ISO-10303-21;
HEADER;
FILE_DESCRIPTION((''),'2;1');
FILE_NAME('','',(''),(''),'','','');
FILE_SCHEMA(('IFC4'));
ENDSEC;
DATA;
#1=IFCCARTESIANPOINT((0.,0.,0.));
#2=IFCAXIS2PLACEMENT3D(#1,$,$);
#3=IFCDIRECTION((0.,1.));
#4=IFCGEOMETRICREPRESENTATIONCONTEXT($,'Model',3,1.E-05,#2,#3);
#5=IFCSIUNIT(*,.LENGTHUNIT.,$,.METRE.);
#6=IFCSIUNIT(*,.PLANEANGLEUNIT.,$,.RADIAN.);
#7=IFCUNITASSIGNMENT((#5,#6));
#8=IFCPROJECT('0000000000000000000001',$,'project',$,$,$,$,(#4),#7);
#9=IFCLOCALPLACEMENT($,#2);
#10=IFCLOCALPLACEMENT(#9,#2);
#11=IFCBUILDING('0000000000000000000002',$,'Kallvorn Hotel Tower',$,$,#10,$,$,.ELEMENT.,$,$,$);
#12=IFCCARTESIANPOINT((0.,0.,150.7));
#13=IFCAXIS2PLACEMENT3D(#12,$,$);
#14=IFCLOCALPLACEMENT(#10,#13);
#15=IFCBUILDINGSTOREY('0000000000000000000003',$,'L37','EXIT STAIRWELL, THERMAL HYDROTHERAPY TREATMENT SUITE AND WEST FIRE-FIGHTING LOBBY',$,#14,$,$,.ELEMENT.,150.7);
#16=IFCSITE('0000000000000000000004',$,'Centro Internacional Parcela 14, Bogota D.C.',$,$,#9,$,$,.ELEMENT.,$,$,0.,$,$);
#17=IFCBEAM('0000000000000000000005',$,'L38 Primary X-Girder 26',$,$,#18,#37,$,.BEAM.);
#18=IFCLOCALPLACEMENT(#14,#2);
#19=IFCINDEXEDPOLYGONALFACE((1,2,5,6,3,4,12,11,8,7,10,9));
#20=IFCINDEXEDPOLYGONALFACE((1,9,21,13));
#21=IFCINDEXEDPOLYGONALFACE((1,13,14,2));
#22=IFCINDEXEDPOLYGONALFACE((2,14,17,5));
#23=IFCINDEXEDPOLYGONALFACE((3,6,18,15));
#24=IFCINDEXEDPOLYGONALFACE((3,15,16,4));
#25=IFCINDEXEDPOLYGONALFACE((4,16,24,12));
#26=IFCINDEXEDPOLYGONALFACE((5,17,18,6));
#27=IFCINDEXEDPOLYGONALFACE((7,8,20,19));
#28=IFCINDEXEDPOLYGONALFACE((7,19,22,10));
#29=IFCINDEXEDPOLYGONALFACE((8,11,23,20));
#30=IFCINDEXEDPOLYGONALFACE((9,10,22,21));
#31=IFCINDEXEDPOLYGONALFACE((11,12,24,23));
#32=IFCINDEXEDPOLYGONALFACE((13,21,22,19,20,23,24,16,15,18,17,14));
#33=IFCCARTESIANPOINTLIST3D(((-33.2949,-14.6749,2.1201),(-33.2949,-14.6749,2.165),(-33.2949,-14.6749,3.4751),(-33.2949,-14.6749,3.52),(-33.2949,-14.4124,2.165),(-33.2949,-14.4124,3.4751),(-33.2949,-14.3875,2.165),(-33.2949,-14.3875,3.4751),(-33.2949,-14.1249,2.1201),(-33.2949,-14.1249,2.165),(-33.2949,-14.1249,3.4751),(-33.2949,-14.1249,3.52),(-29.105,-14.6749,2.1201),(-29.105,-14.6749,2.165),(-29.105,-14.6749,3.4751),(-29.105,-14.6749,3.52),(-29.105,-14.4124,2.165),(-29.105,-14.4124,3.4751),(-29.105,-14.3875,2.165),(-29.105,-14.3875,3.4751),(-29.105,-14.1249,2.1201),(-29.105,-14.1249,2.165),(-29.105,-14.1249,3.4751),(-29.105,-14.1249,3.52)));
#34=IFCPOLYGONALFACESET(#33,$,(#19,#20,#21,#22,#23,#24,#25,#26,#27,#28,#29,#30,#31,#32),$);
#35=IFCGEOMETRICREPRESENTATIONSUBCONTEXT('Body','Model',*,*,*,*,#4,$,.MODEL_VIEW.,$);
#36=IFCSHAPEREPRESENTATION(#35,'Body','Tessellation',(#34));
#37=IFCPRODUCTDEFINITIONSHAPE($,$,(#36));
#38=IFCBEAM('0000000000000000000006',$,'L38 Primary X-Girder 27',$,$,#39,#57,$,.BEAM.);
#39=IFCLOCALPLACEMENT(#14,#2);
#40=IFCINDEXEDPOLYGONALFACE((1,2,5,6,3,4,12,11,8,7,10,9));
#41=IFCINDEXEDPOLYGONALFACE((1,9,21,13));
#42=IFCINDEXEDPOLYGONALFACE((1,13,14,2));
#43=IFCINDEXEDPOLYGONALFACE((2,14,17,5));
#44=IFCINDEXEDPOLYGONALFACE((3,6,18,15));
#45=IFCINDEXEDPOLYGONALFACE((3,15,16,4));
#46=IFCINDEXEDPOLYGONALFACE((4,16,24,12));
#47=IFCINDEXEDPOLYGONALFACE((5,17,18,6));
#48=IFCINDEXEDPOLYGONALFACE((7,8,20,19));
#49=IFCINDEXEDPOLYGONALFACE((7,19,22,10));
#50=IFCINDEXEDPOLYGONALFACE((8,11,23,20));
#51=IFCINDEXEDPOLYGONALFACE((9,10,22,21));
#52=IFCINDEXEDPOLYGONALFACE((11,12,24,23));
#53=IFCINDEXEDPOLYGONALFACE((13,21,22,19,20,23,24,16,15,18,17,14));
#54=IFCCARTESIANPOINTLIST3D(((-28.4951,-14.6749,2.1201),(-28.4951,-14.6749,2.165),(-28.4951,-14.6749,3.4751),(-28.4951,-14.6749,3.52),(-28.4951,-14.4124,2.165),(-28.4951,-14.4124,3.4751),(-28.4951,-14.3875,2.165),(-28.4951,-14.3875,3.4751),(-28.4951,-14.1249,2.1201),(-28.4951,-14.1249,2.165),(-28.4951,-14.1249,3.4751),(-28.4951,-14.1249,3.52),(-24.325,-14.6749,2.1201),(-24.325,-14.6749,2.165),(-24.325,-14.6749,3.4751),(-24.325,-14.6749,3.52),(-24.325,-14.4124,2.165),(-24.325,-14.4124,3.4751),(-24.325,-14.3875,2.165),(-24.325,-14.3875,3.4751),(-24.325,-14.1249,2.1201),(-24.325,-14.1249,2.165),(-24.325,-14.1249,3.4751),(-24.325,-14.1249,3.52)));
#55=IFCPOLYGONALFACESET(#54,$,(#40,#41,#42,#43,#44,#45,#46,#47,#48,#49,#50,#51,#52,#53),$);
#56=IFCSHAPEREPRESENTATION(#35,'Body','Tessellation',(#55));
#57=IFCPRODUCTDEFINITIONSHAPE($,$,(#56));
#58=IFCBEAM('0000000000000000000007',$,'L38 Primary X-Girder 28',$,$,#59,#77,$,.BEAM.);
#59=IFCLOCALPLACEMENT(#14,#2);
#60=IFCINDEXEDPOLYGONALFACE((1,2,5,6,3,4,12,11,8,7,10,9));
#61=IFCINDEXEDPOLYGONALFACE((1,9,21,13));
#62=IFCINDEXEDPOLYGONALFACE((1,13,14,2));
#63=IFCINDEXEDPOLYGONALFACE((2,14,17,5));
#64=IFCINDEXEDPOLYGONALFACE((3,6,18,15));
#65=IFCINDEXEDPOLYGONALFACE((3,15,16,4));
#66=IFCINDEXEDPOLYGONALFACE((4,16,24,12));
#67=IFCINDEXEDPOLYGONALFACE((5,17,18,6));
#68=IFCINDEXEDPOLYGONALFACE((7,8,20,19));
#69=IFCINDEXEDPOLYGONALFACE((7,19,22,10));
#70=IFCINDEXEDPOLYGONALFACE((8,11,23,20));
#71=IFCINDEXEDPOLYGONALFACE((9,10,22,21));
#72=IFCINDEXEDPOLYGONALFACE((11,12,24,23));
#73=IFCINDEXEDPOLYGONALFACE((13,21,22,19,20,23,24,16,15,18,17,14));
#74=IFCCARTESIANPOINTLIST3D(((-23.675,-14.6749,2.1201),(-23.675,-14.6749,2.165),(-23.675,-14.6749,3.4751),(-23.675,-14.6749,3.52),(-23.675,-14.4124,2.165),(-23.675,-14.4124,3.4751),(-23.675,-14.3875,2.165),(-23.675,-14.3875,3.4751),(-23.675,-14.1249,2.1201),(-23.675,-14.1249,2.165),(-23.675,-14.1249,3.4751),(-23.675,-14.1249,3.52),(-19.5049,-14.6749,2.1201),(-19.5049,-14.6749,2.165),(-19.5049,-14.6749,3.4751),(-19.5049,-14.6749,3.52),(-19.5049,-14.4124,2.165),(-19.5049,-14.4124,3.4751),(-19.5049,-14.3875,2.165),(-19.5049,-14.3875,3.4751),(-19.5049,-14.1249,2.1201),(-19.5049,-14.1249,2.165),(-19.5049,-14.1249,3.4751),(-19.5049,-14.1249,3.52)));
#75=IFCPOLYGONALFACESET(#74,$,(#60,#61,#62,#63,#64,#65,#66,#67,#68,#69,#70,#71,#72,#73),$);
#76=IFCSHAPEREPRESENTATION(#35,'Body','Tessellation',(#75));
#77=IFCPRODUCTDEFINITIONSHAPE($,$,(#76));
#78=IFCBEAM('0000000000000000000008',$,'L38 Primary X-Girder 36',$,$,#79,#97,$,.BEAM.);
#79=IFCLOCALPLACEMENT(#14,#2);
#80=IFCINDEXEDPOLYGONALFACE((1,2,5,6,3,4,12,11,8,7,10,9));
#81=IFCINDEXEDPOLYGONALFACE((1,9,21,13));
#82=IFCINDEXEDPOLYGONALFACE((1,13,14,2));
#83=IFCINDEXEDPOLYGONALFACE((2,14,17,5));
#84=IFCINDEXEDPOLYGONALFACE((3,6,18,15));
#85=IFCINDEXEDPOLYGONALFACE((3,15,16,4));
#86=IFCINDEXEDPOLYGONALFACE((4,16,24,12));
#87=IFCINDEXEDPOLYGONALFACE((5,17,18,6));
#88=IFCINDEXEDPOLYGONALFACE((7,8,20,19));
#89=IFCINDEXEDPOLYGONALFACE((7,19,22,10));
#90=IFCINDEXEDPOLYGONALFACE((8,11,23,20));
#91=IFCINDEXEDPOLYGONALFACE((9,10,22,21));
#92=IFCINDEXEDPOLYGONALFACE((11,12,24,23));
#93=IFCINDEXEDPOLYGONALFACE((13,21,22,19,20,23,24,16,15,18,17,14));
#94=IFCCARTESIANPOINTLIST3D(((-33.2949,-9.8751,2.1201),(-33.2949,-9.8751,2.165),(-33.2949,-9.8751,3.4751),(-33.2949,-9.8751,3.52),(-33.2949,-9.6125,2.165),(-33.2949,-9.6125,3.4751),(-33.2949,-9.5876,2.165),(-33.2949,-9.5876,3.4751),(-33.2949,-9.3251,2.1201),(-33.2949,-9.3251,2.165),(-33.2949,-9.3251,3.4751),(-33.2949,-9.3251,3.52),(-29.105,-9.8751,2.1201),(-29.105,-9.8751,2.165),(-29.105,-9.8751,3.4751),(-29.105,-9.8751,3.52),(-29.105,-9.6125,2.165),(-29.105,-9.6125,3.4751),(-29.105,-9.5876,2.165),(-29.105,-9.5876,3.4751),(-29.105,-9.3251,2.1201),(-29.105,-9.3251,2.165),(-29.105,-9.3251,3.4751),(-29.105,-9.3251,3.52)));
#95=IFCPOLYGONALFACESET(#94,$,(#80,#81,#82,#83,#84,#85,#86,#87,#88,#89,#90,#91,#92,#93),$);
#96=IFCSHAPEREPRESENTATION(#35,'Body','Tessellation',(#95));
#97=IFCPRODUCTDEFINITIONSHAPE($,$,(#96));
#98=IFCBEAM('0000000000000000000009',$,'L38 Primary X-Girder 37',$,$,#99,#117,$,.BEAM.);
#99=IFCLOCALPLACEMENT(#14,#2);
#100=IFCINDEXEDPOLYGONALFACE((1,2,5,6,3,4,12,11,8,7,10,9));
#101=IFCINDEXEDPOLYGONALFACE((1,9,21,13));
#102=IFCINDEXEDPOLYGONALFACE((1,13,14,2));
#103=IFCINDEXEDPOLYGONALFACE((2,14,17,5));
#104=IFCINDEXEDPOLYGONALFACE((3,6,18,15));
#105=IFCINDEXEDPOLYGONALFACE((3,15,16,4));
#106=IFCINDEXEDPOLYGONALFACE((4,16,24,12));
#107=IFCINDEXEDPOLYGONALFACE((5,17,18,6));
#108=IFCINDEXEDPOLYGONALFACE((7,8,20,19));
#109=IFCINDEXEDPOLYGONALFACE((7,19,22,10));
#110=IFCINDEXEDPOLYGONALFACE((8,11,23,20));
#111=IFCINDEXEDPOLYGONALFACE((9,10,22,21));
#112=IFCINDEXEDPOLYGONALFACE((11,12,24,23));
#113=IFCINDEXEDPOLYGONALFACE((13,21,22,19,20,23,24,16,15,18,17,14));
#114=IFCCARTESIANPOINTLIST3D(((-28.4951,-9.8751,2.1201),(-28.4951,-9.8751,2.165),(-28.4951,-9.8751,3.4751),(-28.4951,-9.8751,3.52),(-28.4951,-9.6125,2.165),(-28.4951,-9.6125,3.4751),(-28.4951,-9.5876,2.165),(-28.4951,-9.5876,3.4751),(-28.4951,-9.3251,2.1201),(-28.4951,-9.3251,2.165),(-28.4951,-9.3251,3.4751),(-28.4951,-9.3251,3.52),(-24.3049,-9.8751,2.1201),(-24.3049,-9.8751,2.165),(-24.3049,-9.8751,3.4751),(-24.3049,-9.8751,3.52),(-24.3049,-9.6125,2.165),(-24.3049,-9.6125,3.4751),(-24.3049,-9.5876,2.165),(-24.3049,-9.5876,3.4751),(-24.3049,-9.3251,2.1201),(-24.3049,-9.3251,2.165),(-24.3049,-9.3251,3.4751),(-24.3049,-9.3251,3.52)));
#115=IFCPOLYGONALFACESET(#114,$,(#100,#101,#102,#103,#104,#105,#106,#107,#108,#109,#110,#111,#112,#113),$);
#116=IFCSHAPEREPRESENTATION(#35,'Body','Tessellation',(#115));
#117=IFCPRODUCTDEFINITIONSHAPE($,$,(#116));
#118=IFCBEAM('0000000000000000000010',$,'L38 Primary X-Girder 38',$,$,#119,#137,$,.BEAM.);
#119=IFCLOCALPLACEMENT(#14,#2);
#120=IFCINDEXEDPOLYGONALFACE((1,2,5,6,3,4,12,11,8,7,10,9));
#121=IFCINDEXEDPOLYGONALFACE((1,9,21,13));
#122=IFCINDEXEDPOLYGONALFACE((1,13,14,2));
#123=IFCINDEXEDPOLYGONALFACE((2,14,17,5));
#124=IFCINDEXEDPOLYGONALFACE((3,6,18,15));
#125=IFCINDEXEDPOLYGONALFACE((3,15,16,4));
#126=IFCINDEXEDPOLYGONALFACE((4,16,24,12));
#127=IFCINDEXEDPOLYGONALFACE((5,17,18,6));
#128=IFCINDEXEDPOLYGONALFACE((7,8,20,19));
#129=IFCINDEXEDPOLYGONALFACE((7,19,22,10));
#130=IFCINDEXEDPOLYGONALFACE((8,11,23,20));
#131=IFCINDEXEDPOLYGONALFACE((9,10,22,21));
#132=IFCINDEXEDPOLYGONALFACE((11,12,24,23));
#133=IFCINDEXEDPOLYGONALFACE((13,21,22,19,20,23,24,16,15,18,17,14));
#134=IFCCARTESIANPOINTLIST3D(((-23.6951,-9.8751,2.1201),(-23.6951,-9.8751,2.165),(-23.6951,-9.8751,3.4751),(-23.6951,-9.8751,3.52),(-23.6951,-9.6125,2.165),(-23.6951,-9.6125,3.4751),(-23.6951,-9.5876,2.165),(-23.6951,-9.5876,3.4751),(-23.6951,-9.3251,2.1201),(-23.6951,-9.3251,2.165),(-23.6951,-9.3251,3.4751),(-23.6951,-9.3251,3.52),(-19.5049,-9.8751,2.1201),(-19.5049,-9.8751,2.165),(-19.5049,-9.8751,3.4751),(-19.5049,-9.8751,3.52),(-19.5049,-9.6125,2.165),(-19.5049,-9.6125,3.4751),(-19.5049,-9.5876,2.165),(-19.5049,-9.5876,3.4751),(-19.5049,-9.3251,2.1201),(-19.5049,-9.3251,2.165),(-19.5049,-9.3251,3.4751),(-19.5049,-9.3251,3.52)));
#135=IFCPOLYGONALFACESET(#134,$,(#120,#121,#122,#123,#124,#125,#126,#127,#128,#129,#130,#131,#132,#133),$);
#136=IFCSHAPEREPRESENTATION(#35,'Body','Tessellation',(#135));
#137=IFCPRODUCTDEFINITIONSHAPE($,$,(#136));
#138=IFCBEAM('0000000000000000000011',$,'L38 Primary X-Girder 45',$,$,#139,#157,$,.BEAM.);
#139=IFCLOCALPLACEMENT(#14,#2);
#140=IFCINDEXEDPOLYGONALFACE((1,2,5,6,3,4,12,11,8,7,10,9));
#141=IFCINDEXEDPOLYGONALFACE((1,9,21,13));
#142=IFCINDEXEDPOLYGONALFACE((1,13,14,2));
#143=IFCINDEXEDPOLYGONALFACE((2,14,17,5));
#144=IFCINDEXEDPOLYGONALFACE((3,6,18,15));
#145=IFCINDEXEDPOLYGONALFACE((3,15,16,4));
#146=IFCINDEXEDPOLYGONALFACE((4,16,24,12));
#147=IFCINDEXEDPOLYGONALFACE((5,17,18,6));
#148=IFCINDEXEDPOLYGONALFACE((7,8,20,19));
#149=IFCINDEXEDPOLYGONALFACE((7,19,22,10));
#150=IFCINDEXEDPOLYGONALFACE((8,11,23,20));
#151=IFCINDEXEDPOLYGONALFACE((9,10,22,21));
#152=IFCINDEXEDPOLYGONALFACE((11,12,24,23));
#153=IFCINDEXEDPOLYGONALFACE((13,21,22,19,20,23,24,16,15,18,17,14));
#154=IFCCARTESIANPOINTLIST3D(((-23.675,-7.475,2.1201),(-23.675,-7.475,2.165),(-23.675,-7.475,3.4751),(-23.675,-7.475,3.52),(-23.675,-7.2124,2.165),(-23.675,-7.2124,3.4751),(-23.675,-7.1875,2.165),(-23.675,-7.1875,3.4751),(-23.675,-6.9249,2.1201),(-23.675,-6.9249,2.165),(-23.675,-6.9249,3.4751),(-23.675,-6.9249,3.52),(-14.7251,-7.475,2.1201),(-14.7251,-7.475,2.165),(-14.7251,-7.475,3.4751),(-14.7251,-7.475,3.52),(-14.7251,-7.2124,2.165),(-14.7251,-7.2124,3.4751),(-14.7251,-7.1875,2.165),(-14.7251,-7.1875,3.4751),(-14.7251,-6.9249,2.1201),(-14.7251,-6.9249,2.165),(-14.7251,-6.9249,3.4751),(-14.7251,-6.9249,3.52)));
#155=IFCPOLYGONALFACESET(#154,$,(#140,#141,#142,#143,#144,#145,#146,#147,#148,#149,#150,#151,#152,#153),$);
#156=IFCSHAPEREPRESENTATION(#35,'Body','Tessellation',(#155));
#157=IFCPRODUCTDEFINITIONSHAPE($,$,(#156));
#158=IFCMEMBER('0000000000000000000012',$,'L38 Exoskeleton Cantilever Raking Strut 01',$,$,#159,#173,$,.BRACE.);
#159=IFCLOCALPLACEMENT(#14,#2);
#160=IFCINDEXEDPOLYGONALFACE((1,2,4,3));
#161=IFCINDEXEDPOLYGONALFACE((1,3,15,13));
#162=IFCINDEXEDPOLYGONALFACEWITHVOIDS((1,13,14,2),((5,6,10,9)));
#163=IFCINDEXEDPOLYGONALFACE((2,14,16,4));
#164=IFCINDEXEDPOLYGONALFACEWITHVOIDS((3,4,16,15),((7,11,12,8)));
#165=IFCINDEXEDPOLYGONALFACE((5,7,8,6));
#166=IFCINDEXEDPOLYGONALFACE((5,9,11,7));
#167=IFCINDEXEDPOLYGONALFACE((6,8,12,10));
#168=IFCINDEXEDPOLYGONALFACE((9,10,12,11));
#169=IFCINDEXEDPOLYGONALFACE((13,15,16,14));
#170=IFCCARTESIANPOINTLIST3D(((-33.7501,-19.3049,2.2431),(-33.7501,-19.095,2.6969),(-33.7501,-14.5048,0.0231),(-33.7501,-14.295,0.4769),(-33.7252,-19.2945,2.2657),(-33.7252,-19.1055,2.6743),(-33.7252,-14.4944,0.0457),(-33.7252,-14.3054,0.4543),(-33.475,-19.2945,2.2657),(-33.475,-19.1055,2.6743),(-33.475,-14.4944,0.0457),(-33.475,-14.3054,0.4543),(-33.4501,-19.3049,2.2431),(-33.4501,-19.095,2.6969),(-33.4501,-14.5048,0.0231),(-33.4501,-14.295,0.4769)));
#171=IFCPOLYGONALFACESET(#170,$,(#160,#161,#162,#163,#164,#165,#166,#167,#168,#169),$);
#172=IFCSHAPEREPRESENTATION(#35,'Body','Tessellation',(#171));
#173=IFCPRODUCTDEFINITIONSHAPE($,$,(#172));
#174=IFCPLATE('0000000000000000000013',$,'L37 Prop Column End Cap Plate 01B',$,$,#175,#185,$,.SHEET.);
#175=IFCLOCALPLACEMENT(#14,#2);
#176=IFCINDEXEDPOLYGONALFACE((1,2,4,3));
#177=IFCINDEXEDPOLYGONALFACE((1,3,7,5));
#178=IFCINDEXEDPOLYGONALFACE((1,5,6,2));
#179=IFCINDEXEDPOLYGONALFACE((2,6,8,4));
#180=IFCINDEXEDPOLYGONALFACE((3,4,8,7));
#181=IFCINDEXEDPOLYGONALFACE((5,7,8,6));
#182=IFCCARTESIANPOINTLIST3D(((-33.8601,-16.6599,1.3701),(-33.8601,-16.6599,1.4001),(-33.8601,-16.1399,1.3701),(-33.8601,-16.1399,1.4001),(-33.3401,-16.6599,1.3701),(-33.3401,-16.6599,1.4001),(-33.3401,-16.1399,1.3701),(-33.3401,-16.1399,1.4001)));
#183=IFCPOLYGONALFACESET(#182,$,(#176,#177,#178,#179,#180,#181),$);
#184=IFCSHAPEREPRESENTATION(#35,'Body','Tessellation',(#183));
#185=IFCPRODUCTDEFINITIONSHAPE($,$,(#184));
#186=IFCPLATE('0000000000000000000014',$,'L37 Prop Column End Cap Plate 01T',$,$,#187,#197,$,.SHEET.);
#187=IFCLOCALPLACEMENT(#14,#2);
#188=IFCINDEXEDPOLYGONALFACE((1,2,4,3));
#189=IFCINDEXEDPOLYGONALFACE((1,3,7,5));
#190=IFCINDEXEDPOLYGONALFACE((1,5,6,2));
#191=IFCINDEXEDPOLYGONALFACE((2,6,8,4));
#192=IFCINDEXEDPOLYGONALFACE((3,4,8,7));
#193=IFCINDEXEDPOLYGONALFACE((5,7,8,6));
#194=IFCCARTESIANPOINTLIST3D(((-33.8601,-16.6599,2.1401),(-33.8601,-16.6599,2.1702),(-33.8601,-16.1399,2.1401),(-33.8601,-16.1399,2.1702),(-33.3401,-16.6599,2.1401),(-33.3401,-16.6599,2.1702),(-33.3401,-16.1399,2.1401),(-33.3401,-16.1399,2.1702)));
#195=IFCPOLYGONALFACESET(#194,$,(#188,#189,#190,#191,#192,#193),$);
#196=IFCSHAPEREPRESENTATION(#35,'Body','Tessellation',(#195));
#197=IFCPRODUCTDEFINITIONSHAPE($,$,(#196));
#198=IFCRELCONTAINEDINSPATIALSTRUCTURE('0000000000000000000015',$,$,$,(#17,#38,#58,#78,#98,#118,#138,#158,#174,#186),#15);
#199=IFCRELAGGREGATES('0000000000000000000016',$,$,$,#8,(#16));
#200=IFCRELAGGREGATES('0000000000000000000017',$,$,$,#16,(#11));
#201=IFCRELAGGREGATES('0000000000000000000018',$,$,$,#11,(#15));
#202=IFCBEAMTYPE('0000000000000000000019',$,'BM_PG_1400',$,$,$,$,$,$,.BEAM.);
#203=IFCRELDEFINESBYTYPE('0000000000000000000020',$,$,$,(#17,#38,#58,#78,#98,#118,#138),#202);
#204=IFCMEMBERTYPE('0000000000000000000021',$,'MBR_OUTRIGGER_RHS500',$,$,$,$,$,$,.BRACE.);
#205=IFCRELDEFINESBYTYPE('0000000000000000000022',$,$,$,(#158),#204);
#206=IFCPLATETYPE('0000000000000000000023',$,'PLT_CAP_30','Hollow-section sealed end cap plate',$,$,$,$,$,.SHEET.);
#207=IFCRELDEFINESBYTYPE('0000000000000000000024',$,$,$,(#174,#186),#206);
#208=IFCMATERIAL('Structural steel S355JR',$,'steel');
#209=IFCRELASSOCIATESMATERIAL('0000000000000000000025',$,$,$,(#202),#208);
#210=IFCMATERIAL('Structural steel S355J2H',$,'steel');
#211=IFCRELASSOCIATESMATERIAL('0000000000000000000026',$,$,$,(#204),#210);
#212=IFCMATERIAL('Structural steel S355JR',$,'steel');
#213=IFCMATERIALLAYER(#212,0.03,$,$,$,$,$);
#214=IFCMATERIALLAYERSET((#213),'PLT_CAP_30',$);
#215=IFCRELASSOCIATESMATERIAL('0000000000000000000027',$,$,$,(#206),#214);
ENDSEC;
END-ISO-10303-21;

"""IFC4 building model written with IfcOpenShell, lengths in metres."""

from ifc_helpers import new_model, si_unit, direction, frame, origin, origin_2d, place, context, subcontext, project, spatial, rectangle, hollow_rectangle, i_section, extrude, material, layer, layer_set, material_profile, profile_set, type_object, element, save


model = new_model("IFC4")

# Units and contexts
model_context = context("Model", 3, precision=1e-05, world=origin(), true_north=direction((0.0, 1.0)))
body_context = subcontext(model_context, "Body", "Model", "MODEL_VIEW")
ifc_project = project(units=[si_unit("LENGTHUNIT", "METRE"), si_unit("PLANEANGLEUNIT", "RADIAN")], contexts=[model_context])

# Site, building, storey
site_placement = place(None, origin())
site = spatial("IfcSite", under=ifc_project, at=site_placement, Name="Centro Internacional Parcela 14, Bogota D.C.", CompositionType="ELEMENT", RefElevation=0.0)
building_placement = place(site_placement, origin())
building = spatial("IfcBuilding", under=site, at=building_placement, Name="Kallvorn Hotel Tower", CompositionType="ELEMENT")
storey_placement = place(building_placement, frame((0.0, 0.0, 150.7)))
storey = spatial("IfcBuildingStorey", under=building, at=storey_placement, Name="L37", Description="EXIT STAIRWELL, THERMAL HYDROTHERAPY TREATMENT SUITE AND WEST FIRE-FIGHTING LOBBY", CompositionType="ELEMENT", Elevation=150.7)

# Beams
ifc_material_1 = material(Name="Structural steel S355JR", Category="steel")
ifc_material_profile_1 = material_profile(ifc_material_1, i_section(OverallWidth=0.55, OverallDepth=1.3999, WebThickness=0.0249, FlangeThickness=0.0449, at=origin_2d()), Name="PG 1400x550x25x45")
ifc_profile_set_1 = profile_set([ifc_material_profile_1], Name="Structural steel S355JR")
beam_type_1 = type_object("IfcBeamType", Name="BM_PG_1400", PredefinedType="BEAM", material=ifc_profile_set_1)
beam_1_placement = place(storey_placement, frame((-33.2949, -14.3999, 2.8201), z_axis=(1.0, 0.0, 0.0), x_axis=(0.0, 1.0, 0.0)))
element("IfcBeam", 1, at=beam_1_placement, inside=storey, type_object=beam_type_1, Name="L38 Primary X-Girder 26", PredefinedType="BEAM", context=body_context, shape_type="SweptSolid", body=[
    extrude(i_section(OverallWidth=0.55, OverallDepth=1.3999, WebThickness=0.0249, FlangeThickness=0.0449, at=origin_2d()), origin(), (0.0, 0.0, 1.0), 4.1899),
])
for number, where, z_axis, x_axis, name in (
    (2, (-28.4951, -14.3999, 2.8201), (1.0, 0.0, 0.0), (0.0, 1.0, 0.0), "L38 Primary X-Girder 27"),
    (3, (-23.675, -14.3999, 2.8201), (1.0, 0.0, 0.0), (0.0, 1.0, 0.0), "L38 Primary X-Girder 28"),
):
    element("IfcBeam", number, at=place(storey_placement, frame(where, z_axis=z_axis, x_axis=x_axis)), inside=storey, type_object=beam_type_1, Name=name, PredefinedType="BEAM", context=body_context, shape_type="SweptSolid", body=[
        extrude(i_section(OverallWidth=0.55, OverallDepth=1.3999, WebThickness=0.0249, FlangeThickness=0.0449, at=origin_2d()), origin(), (0.0, 0.0, 1.0), 4.1702),
    ])
beam_2_placement = place(storey_placement, frame((-33.2949, -9.6001, 2.8201), z_axis=(1.0, 0.0, 0.0), x_axis=(0.0, 1.0, 0.0)))
element("IfcBeam", 4, at=beam_2_placement, inside=storey, type_object=beam_type_1, Name="L38 Primary X-Girder 36", PredefinedType="BEAM", context=body_context, shape_type="SweptSolid", body=[
    extrude(i_section(OverallWidth=0.55, OverallDepth=1.3999, WebThickness=0.0249, FlangeThickness=0.0449, at=origin_2d()), origin(), (0.0, 0.0, 1.0), 4.1899),
])
for number, where, z_axis, x_axis, name in (
    (5, (-28.4951, -9.6001, 2.8201), (1.0, 0.0, 0.0), (0.0, 1.0, 0.0), "L38 Primary X-Girder 37"),
    (6, (-23.6951, -9.6001, 2.8201), (1.0, 0.0, 0.0), (0.0, 1.0, 0.0), "L38 Primary X-Girder 38"),
):
    element("IfcBeam", number, at=place(storey_placement, frame(where, z_axis=z_axis, x_axis=x_axis)), inside=storey, type_object=beam_type_1, Name=name, PredefinedType="BEAM", context=body_context, shape_type="SweptSolid", body=[
        extrude(i_section(OverallWidth=0.55, OverallDepth=1.3999, WebThickness=0.0249, FlangeThickness=0.0449, at=origin_2d()), origin(), (0.0, 0.0, 1.0), 4.1902),
    ])
beam_3_placement = place(storey_placement, frame((-23.675, -7.2, 2.8201), z_axis=(1.0, 0.0, 0.0), x_axis=(0.0, 1.0, 0.0)))
element("IfcBeam", 7, at=beam_3_placement, inside=storey, type_object=beam_type_1, Name="L38 Primary X-Girder 45", PredefinedType="BEAM", context=body_context, shape_type="SweptSolid", body=[
    extrude(i_section(OverallWidth=0.55, OverallDepth=1.3999, WebThickness=0.0249, FlangeThickness=0.0449, at=origin_2d()), origin(), (0.0, 0.0, 1.0), 8.95),
])

# Member
ifc_material_2 = material(Name="Structural steel S355J2H", Category="steel")
ifc_material_profile_2 = material_profile(ifc_material_2, hollow_rectangle(XDim=0.3, YDim=0.5, WallThickness=0.0249, at=origin_2d()), Name="RHS 500x300x25")
ifc_profile_set_2 = profile_set([ifc_material_profile_2], Name="Structural steel S355J2H")
member_type = type_object("IfcMemberType", Name="MBR_OUTRIGGER_RHS500", PredefinedType="BRACE", material=ifc_profile_set_2)
member_placement = place(storey_placement, frame((-33.6001, -14.3999, 0.25), z_axis=(0.0, -0.907631, 0.419769), x_axis=(1.0, 0.0, 0.0)))
element("IfcMember", 8, at=member_placement, inside=storey, type_object=member_type, Name="L38 Exoskeleton Cantilever Raking Strut 01", PredefinedType="BRACE", context=body_context, shape_type="SweptSolid", body=[
    extrude(hollow_rectangle(XDim=0.3, YDim=0.5, WallThickness=0.0249, at=origin_2d()), origin(), (0.0, 0.0, 1.0), 5.2886),
])

# Plates
ifc_material_3 = material(Name="Structural steel S355JR", Category="steel")
ifc_layer_1 = layer(ifc_material_3, 0.03)
ifc_layer_set_1 = layer_set([ifc_layer_1], Name="PLT_CAP_30")
plate_type = type_object("IfcPlateType", Name="PLT_CAP_30", Description="Hollow-section sealed end cap plate", PredefinedType="SHEET", material=ifc_layer_set_1)
for number, where, z_axis, x_axis, name in (
    (9, (-33.6001, -16.3999, 1.3701), (0.0, 0.0, 1.0), (1.0, 0.0, 0.0), "L37 Prop Column End Cap Plate 01B"),
    (10, (-33.6001, -16.3999, 2.1401), (0.0, 0.0, 1.0), (1.0, 0.0, 0.0), "L37 Prop Column End Cap Plate 01T"),
):
    element("IfcPlate", number, at=place(storey_placement, frame(where, z_axis=z_axis, x_axis=x_axis)), inside=storey, type_object=plate_type, Name=name, PredefinedType="SHEET", context=body_context, shape_type="SweptSolid", body=[
        extrude(rectangle(XDim=0.52, YDim=0.52, at=origin_2d()), origin(), (0.0, 0.0, 1.0), 0.03),
    ])

save(model, "model.ifc")
